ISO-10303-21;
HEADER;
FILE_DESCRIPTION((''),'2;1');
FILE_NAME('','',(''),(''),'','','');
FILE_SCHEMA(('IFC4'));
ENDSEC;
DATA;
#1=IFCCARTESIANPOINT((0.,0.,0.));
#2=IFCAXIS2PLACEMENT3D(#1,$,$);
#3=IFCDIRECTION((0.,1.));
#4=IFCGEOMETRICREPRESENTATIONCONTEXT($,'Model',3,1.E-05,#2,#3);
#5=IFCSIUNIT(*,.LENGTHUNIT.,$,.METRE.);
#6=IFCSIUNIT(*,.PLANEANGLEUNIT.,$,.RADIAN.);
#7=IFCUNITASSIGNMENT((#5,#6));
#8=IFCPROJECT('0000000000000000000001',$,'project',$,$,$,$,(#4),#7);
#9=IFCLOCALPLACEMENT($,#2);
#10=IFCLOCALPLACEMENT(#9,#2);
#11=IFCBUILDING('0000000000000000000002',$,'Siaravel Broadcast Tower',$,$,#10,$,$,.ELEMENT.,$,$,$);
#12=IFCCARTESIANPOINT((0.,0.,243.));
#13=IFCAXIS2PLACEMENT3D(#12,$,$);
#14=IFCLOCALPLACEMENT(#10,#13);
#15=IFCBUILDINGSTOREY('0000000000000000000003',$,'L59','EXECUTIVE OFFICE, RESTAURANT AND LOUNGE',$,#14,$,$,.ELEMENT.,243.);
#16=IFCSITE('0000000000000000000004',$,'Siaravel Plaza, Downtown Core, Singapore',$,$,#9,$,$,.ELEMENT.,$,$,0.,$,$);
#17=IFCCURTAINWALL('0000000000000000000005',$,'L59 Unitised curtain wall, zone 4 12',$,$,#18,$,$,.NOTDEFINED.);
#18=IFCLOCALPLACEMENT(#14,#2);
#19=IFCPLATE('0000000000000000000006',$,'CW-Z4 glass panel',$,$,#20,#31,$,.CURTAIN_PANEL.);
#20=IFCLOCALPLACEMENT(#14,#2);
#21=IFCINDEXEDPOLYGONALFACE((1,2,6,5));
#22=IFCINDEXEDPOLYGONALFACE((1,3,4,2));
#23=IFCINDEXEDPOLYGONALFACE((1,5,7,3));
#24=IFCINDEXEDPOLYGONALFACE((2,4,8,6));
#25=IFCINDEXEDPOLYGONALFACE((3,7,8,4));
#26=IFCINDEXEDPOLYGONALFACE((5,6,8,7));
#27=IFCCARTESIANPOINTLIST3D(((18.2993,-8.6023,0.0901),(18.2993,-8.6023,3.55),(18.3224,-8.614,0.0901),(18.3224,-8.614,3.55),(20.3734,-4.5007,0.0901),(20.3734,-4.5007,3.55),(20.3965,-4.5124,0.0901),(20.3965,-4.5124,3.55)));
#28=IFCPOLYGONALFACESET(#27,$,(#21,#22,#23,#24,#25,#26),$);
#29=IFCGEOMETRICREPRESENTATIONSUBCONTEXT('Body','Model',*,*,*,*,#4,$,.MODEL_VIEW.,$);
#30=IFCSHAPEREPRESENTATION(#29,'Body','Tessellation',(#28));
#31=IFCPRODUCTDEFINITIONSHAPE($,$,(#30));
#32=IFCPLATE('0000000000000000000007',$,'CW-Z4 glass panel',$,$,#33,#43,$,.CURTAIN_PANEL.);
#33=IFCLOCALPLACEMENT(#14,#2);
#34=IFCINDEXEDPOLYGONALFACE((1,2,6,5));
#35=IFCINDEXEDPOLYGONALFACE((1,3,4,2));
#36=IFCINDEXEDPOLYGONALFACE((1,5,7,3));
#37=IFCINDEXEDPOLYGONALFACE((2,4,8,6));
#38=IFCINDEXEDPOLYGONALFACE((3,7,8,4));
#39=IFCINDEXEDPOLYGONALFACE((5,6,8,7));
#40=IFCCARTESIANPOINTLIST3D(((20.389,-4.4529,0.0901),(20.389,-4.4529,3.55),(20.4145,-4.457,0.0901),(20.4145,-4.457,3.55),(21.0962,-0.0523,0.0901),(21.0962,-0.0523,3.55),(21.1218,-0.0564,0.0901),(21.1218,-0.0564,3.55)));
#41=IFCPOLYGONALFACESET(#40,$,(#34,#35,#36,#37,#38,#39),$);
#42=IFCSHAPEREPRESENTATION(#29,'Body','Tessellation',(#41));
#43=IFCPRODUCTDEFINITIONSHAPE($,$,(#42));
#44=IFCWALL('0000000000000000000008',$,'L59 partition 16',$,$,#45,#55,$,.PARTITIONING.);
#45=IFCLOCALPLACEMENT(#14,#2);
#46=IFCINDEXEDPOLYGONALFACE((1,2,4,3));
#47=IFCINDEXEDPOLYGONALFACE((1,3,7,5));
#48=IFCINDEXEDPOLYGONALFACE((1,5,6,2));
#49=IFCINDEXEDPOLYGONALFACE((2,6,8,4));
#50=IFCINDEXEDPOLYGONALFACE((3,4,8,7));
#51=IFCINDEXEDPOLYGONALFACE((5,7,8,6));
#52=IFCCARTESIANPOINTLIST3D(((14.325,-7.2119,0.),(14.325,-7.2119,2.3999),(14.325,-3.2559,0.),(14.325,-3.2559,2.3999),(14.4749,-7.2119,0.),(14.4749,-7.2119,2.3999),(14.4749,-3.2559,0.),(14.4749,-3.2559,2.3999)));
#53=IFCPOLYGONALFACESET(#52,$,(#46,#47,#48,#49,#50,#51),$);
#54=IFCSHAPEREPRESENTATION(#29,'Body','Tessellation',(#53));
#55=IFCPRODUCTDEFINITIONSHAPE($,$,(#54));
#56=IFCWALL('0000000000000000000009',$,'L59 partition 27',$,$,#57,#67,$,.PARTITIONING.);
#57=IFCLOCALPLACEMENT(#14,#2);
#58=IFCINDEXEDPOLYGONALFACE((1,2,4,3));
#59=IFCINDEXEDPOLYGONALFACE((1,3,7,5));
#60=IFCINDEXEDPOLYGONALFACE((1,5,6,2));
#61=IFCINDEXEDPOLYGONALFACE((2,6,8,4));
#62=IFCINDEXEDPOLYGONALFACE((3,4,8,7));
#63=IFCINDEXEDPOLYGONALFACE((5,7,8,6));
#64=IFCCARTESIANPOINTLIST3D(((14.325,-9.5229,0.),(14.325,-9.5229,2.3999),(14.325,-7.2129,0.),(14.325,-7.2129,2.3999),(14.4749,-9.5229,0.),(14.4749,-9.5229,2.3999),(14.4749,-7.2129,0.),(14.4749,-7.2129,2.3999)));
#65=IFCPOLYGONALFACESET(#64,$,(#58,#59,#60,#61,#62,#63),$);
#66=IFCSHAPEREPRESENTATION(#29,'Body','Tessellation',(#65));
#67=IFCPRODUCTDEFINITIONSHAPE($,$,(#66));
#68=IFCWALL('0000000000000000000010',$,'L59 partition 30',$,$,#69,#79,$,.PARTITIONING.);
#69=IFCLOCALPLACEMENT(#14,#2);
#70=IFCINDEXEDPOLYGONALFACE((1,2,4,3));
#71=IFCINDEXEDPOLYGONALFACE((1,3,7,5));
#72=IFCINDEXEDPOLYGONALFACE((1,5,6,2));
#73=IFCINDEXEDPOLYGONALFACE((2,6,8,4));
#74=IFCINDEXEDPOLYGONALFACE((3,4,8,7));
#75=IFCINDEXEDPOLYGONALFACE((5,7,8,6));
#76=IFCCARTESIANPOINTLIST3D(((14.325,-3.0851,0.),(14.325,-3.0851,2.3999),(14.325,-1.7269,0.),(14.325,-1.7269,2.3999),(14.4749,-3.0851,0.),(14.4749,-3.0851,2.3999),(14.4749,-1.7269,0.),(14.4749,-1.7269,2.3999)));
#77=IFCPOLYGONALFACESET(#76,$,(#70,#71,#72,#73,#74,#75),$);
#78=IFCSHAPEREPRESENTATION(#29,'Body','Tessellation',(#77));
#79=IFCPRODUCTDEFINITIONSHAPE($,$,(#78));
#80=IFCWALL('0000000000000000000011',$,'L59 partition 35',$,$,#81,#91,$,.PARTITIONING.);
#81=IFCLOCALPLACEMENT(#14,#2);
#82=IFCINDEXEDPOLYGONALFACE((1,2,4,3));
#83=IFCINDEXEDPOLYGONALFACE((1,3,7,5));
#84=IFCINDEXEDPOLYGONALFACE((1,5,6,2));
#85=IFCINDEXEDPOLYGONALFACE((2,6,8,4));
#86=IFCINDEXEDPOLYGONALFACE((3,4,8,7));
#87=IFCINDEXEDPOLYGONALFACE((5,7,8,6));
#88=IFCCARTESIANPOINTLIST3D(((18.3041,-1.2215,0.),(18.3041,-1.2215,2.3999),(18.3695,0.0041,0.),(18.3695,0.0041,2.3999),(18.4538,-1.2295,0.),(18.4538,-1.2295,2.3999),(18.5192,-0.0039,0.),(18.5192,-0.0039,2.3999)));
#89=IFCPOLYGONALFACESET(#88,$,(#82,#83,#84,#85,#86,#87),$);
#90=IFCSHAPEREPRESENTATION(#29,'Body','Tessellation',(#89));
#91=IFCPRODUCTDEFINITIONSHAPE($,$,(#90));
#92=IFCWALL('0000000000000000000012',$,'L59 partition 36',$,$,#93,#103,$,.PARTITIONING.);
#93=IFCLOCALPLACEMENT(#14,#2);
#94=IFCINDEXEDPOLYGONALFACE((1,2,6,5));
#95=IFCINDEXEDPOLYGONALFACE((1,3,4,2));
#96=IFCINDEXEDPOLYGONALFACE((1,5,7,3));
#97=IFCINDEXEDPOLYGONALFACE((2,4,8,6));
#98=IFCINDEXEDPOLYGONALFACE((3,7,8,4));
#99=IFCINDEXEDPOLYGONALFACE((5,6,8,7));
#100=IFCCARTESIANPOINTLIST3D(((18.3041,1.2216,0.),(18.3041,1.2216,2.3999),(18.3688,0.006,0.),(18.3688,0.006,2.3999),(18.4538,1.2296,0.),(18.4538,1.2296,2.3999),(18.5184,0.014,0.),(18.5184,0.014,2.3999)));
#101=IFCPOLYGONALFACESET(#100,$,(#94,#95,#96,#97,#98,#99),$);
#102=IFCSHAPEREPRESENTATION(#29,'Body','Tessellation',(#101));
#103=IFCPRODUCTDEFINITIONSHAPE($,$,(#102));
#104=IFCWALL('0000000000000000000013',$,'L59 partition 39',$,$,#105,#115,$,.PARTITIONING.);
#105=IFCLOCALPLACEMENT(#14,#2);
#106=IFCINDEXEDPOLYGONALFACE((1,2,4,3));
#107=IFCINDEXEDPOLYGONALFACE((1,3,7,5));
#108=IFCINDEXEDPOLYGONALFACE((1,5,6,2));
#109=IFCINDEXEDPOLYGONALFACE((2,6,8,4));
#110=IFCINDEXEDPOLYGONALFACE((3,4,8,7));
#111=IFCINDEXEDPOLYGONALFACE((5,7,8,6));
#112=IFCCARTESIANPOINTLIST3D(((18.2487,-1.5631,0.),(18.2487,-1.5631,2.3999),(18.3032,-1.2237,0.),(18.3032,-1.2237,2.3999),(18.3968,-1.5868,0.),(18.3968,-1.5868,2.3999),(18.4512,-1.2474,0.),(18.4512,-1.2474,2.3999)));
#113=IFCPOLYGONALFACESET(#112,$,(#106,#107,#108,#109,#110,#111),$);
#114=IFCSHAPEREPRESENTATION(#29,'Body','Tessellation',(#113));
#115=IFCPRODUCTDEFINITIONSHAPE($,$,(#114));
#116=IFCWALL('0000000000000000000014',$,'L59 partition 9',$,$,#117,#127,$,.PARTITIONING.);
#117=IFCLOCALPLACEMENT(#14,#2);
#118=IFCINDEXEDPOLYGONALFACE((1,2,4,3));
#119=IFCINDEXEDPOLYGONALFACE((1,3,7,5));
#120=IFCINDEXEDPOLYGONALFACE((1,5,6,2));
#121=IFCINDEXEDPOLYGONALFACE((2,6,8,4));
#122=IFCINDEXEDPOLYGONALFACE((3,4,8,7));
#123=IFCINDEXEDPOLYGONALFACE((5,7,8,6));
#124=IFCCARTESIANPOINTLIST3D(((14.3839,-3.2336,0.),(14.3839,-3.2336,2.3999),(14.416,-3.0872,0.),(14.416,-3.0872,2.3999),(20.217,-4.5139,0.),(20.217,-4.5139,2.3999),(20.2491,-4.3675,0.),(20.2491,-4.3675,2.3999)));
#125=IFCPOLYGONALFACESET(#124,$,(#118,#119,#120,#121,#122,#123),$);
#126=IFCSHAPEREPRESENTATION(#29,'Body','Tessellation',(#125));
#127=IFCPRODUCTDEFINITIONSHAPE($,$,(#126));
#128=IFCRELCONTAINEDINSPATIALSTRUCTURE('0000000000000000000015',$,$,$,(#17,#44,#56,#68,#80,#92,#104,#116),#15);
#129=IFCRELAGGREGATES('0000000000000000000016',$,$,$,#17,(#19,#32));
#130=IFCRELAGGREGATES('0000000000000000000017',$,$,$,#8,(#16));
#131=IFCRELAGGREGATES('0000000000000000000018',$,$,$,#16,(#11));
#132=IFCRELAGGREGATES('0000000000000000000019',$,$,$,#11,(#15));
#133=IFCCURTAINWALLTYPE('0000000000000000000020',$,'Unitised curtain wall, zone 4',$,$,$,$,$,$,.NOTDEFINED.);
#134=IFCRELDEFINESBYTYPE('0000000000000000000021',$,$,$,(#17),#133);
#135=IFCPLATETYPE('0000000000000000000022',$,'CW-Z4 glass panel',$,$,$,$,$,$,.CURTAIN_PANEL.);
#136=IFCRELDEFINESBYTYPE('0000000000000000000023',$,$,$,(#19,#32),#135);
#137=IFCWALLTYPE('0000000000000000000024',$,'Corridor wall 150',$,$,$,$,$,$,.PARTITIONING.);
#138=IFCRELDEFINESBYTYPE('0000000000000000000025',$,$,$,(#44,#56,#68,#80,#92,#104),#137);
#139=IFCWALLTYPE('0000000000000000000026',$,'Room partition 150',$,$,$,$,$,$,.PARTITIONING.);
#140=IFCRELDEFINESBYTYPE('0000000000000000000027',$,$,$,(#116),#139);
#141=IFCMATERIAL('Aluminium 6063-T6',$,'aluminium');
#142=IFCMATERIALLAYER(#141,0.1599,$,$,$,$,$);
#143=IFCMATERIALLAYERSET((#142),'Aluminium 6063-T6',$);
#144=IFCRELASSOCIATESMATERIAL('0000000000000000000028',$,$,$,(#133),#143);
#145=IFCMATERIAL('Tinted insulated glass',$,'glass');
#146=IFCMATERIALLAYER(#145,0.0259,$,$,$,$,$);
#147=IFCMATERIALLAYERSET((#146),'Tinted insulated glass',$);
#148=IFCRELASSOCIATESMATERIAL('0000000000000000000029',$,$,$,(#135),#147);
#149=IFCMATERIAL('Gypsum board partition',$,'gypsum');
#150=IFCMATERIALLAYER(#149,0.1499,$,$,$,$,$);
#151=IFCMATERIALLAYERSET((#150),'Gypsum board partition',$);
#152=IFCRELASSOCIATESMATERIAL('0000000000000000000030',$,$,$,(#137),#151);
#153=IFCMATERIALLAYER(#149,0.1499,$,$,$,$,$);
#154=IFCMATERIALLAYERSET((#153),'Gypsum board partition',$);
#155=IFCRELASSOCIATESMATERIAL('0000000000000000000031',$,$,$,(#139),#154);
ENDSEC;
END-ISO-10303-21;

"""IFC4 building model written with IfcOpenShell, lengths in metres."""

from ifc_helpers import new_model, si_unit, direction, frame, frame_2d, origin, origin_2d, place, context, subcontext, project, spatial, rectangle, extrude, material, layer, layer_set, type_object, element, aggregate, save


model = new_model("IFC4")

# Units and contexts
model_context = context("Model", 3, precision=1e-05, world=origin(), true_north=direction((0.0, 1.0)))
body_context = subcontext(model_context, "Body", "Model", "MODEL_VIEW")
ifc_project = project(units=[si_unit("LENGTHUNIT", "METRE"), si_unit("PLANEANGLEUNIT", "RADIAN")], contexts=[model_context])

# Site, building, storey
site_placement = place(None, origin())
site = spatial("IfcSite", under=ifc_project, at=site_placement, Name="Siaravel Plaza, Downtown Core, Singapore", CompositionType="ELEMENT", RefElevation=0.0)
building_placement = place(site_placement, origin())
building = spatial("IfcBuilding", under=site, at=building_placement, Name="Siaravel Broadcast Tower", CompositionType="ELEMENT")
storey_placement = place(building_placement, frame((0.0, 0.0, 243.0)))
storey = spatial("IfcBuildingStorey", under=building, at=storey_placement, Name="L59", Description="EXECUTIVE OFFICE, RESTAURANT AND LOUNGE", CompositionType="ELEMENT", Elevation=243.0)

# Curtain wall
ifc_material_1 = material(Name="Aluminium 6063-T6", Category="aluminium")
ifc_layer_1 = layer(ifc_material_1, 0.1599)
ifc_layer_set_1 = layer_set([ifc_layer_1], Name="Aluminium 6063-T6")
curtain_wall_type = type_object("IfcCurtainWallType", Name="Unitised curtain wall, zone 4", PredefinedType="NOTDEFINED", material=ifc_layer_set_1)
curtain_wall_1_placement = place(storey_placement, origin())
curtain_wall_1 = element("IfcCurtainWall", 1, at=curtain_wall_1_placement, inside=storey, type_object=curtain_wall_type, Name="L59 Unitised curtain wall, zone 4 12", PredefinedType="NOTDEFINED")

# Plates
ifc_material_2 = material(Name="Tinted insulated glass", Category="glass")
ifc_layer_2 = layer(ifc_material_2, 0.0259)
ifc_layer_set_2 = layer_set([ifc_layer_2], Name="Tinted insulated glass")
plate_type = type_object("IfcPlateType", Name="CW-Z4 glass panel", PredefinedType="CURTAIN_PANEL", material=ifc_layer_set_2)
plate_1_placement = place(storey_placement, frame((19.3479, -6.5574, 0.0901), z_axis=(0.0, 0.0, 1.0), x_axis=(0.451259, 0.892393, 0.0)))
plate_1 = element("IfcPlate", 2, at=plate_1_placement, type_object=plate_type, Name="CW-Z4 glass panel", PredefinedType="CURTAIN_PANEL", context=body_context, shape_type="SweptSolid", body=[
    extrude(rectangle(XDim=4.5962, YDim=0.0259, at=origin_2d()), origin(), (0.0, 0.0, 1.0), 3.46),
])
plate_2_placement = place(storey_placement, frame((20.7554, -2.2546, 0.0901), z_axis=(0.0, 0.0, 1.0), x_axis=(0.158685, 0.987329, 0.0)))
plate_2 = element("IfcPlate", 3, at=plate_2_placement, type_object=plate_type, Name="CW-Z4 glass panel", PredefinedType="CURTAIN_PANEL", context=body_context, shape_type="SweptSolid", body=[
    extrude(rectangle(XDim=4.457, YDim=0.0259, at=origin_2d()), origin(), (0.0, 0.0, 1.0), 3.46),
])
aggregate(curtain_wall_1, [plate_1, plate_2])

# Wall
ifc_material_3 = material(Name="Gypsum board partition", Category="gypsum")
ifc_layer_3 = layer(ifc_material_3, 0.1499)
ifc_layer_set_3 = layer_set([ifc_layer_3], Name="Gypsum board partition")
wall_type_1 = type_object("IfcWallType", Name="Corridor wall 150", PredefinedType="PARTITIONING", material=ifc_layer_set_3)
wall_1_placement = place(storey_placement, frame((14.3999, -7.2119, 0.0), z_axis=(0.0, 0.0, 1.0), x_axis=(0.0, 1.0, 0.0)))
element("IfcWall", 4, at=wall_1_placement, inside=storey, type_object=wall_type_1, Name="L59 partition 16", PredefinedType="PARTITIONING", context=body_context, shape_type="SweptSolid", body=[
    extrude(rectangle(XDim=3.9561, YDim=0.1499, at=frame_2d((1.978, 0.0))), origin(), (0.0, 0.0, 1.0), 2.3999),
])

# Walls
wall_2_placement = place(storey_placement, frame((14.3999, -9.5229, 0.0), z_axis=(0.0, 0.0, 1.0), x_axis=(0.0, 1.0, 0.0)))
element("IfcWall", 5, at=wall_2_placement, inside=storey, type_object=wall_type_1, Name="L59 partition 27", PredefinedType="PARTITIONING", context=body_context, shape_type="SweptSolid", body=[
    extrude(rectangle(XDim=2.3101, YDim=0.1499, at=frame_2d((1.155, 0.0))), origin(), (0.0, 0.0, 1.0), 2.3999),
])
wall_3_placement = place(storey_placement, frame((14.3999, -3.0852, 0.0), z_axis=(0.0, 0.0, 1.0), x_axis=(0.0, 1.0, 0.0)))
element("IfcWall", 6, at=wall_3_placement, inside=storey, type_object=wall_type_1, Name="L59 partition 30", PredefinedType="PARTITIONING", context=body_context, shape_type="SweptSolid", body=[
    extrude(rectangle(XDim=1.3582, YDim=0.1499, at=frame_2d((0.6792, 0.0))), origin(), (0.0, 0.0, 1.0), 2.3999),
])
wall_4_placement = place(storey_placement, frame((18.3789, -1.2256, 0.0), z_axis=(0.0, 0.0, 1.0), x_axis=(0.053311, 0.998578, 0.0)))
element("IfcWall", 7, at=wall_4_placement, inside=storey, type_object=wall_type_1, Name="L59 partition 35", PredefinedType="PARTITIONING", context=body_context, shape_type="SweptSolid", body=[
    extrude(rectangle(XDim=1.2273, YDim=0.1499, at=frame_2d((0.6138, 0.0))), origin(), (0.0, 0.0, 1.0), 2.3999),
])
wall_5_placement = place(storey_placement, frame((18.4436, 0.01, 0.0), z_axis=(0.0, 0.0, 1.0), x_axis=(-0.053148, 0.998587, 0.0)))
element("IfcWall", 8, at=wall_5_placement, inside=storey, type_object=wall_type_1, Name="L59 partition 36", PredefinedType="PARTITIONING", context=body_context, shape_type="SweptSolid", body=[
    extrude(rectangle(XDim=1.2173, YDim=0.1499, at=frame_2d((0.6086, 0.0))), origin(), (0.0, 0.0, 1.0), 2.3999),
])
wall_6_placement = place(storey_placement, frame((18.3228, -1.575, 0.0), z_axis=(0.0, 0.0, 1.0), x_axis=(0.158406, 0.987374, 0.0)))
element("IfcWall", 9, at=wall_6_placement, inside=storey, type_object=wall_type_1, Name="L59 partition 39", PredefinedType="PARTITIONING", context=body_context, shape_type="SweptSolid", body=[
    extrude(rectangle(XDim=0.3438, YDim=0.1499, at=frame_2d((0.1719, 0.0))), origin(), (0.0, 0.0, 1.0), 2.3999),
])
ifc_layer_4 = layer(ifc_material_3, 0.1499)
ifc_layer_set_4 = layer_set([ifc_layer_4], Name="Gypsum board partition")
wall_type_2 = type_object("IfcWallType", Name="Room partition 150", PredefinedType="PARTITIONING", material=ifc_layer_set_4)
wall_7_placement = place(storey_placement, frame((20.2329, -4.4407, 0.0), z_axis=(0.0, 0.0, 1.0), x_axis=(-0.976749, 0.214384, 0.0)))
element("IfcWall", 10, at=wall_7_placement, inside=storey, type_object=wall_type_2, Name="L59 partition 9", PredefinedType="PARTITIONING", context=body_context, shape_type="SweptSolid", body=[
    extrude(rectangle(XDim=5.9719, YDim=0.1499, at=frame_2d((2.9858, 0.0))), origin(), (0.0, 0.0, 1.0), 2.3999),
])

save(model, "model.ifc")
